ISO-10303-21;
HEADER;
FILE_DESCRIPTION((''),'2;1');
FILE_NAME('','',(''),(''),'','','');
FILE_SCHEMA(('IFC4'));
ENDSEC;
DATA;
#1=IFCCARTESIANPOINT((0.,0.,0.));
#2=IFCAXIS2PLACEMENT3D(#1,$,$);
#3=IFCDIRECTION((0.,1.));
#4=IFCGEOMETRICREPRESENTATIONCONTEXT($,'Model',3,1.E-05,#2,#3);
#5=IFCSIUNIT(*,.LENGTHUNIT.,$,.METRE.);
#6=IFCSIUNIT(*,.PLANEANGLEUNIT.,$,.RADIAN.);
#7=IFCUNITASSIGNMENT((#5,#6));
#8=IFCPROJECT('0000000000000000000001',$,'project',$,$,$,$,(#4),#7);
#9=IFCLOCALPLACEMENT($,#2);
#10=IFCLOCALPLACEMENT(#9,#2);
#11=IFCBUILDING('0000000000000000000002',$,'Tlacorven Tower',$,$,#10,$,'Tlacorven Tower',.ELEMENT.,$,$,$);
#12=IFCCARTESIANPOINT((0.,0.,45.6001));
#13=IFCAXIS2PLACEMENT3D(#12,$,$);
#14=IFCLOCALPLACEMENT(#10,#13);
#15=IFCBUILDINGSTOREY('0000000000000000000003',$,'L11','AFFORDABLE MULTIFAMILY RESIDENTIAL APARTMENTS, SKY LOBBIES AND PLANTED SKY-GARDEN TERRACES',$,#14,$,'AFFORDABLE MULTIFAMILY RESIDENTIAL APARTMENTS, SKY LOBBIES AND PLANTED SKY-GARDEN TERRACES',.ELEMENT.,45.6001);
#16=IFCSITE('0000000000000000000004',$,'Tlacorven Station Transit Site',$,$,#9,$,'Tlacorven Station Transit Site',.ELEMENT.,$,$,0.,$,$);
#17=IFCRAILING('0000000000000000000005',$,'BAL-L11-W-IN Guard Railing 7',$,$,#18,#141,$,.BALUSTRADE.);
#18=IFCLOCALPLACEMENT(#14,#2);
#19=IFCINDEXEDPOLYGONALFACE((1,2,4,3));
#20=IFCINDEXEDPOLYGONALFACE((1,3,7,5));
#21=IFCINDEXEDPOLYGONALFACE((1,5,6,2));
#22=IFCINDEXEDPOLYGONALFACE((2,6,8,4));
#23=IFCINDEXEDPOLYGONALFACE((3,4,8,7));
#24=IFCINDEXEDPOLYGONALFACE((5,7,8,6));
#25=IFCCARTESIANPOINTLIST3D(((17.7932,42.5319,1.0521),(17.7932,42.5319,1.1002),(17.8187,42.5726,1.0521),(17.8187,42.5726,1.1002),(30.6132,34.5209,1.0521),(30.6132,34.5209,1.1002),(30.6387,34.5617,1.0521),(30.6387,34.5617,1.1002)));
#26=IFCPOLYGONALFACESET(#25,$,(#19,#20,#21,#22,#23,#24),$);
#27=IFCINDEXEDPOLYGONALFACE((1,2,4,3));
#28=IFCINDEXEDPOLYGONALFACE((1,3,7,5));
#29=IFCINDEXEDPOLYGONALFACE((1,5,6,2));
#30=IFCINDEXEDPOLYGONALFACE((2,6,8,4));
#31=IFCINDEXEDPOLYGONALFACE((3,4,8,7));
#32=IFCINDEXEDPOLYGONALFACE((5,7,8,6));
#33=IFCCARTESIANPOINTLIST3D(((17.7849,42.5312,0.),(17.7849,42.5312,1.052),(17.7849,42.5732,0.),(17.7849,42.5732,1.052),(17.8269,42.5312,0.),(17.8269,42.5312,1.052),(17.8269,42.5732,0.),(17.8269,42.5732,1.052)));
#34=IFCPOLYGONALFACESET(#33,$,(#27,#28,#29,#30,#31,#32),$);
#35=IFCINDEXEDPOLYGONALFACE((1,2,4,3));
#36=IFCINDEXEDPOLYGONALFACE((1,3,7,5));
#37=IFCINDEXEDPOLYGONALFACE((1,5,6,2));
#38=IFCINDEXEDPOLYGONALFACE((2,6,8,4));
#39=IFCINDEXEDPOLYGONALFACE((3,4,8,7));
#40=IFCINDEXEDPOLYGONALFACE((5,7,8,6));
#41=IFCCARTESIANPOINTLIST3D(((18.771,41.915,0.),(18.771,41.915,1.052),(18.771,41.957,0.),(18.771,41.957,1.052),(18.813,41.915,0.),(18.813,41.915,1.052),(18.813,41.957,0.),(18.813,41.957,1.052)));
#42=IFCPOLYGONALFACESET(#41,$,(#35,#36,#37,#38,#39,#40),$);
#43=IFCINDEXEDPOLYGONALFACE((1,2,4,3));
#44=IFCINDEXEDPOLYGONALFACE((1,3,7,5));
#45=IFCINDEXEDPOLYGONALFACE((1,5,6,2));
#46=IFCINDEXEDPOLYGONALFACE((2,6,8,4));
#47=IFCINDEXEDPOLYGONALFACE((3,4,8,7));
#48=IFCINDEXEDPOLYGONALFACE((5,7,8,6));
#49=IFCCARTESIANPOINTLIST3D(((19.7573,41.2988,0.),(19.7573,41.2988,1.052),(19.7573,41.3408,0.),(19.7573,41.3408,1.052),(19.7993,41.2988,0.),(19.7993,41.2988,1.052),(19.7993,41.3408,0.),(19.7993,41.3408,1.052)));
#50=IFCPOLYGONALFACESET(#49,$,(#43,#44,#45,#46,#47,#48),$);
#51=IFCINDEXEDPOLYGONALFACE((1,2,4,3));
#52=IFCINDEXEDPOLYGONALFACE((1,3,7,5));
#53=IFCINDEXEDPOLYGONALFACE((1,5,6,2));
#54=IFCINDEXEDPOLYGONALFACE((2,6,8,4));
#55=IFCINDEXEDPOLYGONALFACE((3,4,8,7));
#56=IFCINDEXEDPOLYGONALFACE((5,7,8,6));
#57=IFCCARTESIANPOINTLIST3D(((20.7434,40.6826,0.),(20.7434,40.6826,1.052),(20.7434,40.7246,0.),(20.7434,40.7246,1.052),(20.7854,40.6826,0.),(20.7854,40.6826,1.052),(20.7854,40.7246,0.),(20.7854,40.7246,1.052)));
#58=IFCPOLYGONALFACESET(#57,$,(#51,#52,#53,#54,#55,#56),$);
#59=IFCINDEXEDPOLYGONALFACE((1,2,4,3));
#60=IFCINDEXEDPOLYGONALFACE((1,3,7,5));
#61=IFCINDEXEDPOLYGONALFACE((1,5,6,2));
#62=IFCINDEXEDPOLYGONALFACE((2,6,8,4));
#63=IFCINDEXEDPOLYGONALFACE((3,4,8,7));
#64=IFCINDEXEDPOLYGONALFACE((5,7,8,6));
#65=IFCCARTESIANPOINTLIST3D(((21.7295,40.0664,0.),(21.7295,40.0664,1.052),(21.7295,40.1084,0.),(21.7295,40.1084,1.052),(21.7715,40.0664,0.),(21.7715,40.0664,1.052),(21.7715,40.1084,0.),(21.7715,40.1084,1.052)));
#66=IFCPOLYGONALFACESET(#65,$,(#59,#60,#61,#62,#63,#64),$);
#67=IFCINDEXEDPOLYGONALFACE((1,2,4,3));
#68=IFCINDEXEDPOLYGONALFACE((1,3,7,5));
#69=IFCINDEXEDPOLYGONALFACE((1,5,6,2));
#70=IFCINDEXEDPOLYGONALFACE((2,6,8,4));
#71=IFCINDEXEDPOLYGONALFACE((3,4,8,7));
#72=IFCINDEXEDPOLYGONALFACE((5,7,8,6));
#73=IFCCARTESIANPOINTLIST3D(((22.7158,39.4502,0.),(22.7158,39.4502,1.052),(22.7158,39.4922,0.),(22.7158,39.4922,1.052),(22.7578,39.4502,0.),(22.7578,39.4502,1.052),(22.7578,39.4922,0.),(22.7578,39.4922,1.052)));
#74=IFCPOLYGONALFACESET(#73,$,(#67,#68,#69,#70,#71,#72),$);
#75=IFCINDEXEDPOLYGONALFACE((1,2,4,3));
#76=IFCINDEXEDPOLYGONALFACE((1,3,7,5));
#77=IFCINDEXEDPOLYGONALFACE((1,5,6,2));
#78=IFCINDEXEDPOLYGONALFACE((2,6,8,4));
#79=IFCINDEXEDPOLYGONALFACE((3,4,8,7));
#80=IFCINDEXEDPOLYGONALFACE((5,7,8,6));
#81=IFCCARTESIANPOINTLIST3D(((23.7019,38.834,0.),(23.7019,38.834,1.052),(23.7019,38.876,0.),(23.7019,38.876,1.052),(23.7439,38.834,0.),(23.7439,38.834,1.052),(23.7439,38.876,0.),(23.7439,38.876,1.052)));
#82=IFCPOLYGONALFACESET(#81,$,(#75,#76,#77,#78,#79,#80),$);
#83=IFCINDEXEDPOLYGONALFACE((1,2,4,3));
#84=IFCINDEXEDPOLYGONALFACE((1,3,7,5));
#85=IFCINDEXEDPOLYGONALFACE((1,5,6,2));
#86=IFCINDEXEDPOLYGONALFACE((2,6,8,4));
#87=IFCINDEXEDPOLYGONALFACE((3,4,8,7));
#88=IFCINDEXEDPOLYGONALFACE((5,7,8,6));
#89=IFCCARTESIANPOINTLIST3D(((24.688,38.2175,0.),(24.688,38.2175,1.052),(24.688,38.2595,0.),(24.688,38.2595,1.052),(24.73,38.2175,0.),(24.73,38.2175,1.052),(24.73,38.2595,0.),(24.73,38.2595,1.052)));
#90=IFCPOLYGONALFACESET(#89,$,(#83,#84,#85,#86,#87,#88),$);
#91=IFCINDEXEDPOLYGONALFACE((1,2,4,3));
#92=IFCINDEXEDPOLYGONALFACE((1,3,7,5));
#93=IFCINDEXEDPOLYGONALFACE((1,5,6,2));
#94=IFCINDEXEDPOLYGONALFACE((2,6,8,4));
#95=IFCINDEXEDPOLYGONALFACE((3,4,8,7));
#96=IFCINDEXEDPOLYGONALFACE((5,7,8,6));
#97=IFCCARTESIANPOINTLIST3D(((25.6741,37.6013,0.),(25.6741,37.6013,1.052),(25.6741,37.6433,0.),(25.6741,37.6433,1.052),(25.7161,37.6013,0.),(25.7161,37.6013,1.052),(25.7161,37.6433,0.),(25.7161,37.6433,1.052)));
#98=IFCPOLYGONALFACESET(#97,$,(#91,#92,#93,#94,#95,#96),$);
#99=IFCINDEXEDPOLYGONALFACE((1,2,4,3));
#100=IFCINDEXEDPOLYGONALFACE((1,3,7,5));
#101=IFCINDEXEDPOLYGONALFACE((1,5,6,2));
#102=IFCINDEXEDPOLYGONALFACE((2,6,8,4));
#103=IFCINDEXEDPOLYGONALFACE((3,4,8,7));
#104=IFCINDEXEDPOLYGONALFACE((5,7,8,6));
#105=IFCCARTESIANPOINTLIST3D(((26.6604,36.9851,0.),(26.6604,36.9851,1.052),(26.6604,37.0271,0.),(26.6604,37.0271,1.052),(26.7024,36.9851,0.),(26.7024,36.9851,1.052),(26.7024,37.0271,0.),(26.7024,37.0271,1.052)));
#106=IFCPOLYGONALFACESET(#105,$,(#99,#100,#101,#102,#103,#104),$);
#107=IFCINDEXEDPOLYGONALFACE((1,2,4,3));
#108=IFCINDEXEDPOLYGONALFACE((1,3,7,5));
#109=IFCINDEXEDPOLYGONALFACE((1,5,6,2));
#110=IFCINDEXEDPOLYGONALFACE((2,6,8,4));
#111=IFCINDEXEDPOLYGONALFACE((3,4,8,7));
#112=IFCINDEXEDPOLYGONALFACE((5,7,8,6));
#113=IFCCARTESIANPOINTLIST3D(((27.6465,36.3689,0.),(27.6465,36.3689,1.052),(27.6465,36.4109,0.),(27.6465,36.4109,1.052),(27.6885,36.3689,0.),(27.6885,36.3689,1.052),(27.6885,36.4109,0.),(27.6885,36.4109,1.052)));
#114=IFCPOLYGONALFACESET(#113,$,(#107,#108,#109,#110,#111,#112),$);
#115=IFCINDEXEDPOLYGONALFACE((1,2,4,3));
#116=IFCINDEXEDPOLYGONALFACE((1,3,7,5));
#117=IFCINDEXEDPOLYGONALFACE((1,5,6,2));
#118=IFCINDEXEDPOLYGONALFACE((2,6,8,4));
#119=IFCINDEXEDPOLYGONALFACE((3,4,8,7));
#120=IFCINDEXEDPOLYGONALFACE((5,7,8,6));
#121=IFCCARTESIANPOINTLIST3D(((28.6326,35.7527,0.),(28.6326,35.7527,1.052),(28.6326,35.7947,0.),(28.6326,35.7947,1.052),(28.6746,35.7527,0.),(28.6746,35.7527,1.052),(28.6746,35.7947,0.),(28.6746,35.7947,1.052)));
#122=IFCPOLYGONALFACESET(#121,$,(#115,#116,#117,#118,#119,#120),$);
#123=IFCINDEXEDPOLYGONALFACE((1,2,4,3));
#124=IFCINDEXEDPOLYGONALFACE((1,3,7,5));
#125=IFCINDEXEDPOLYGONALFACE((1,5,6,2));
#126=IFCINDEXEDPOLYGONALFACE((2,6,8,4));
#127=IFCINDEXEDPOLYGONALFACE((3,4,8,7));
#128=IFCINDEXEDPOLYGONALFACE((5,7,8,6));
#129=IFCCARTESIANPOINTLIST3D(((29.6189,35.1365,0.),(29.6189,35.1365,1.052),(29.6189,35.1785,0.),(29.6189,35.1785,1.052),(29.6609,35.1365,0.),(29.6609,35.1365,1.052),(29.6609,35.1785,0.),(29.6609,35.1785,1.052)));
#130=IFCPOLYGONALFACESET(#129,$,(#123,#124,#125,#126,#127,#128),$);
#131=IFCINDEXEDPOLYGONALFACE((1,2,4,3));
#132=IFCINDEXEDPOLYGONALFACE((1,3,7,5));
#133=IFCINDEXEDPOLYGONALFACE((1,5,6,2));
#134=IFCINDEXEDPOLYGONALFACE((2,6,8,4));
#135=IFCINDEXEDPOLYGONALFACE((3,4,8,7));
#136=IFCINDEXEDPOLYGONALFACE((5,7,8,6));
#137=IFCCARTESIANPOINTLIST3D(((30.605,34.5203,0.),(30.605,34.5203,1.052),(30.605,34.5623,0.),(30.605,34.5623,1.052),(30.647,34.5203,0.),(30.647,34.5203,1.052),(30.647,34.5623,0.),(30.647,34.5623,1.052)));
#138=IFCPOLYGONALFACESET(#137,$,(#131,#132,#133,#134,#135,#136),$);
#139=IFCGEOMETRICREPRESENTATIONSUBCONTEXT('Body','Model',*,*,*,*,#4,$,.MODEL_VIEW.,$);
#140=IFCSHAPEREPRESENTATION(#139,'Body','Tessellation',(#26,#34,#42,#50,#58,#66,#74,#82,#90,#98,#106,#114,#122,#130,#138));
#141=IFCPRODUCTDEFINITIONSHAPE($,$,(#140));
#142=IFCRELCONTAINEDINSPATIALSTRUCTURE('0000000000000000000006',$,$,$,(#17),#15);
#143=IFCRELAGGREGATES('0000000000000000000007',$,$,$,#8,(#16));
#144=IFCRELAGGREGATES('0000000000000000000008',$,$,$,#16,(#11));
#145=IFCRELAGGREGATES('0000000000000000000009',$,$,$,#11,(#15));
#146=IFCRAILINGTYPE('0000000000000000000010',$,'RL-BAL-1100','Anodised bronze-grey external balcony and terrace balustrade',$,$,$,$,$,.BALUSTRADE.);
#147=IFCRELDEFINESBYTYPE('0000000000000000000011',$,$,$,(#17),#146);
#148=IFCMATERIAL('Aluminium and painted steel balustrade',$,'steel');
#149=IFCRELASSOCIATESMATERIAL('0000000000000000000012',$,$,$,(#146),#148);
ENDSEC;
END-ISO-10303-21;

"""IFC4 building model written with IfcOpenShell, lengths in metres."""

from ifc_helpers import new_model, si_unit, direction, frame, origin, origin_2d, place, context, subcontext, project, spatial, rectangle, extrude, source, transform, mapped, material, type_object, element, save


model = new_model("IFC4")

# Units and contexts
model_context = context("Model", 3, precision=1e-05, world=origin(), true_north=direction((0.0, 1.0)))
body_context = subcontext(model_context, "Body", "Model", "MODEL_VIEW")
ifc_project = project(units=[si_unit("LENGTHUNIT", "METRE"), si_unit("PLANEANGLEUNIT", "RADIAN")], contexts=[model_context])

# Site, building, storey
site_placement = place(None, origin())
site = spatial("IfcSite", under=ifc_project, at=site_placement, Name="Tlacorven Station Transit Site", LongName="Tlacorven Station Transit Site", CompositionType="ELEMENT", RefElevation=0.0)
building_placement = place(site_placement, origin())
building = spatial("IfcBuilding", under=site, at=building_placement, Name="Tlacorven Tower", LongName="Tlacorven Tower", CompositionType="ELEMENT")
storey_placement = place(building_placement, frame((0.0, 0.0, 45.6001)))
storey = spatial("IfcBuildingStorey", under=building, at=storey_placement, Name="L11", Description="AFFORDABLE MULTIFAMILY RESIDENTIAL APARTMENTS, SKY LOBBIES AND PLANTED SKY-GARDEN TERRACES", LongName="AFFORDABLE MULTIFAMILY RESIDENTIAL APARTMENTS, SKY LOBBIES AND PLANTED SKY-GARDEN TERRACES", CompositionType="ELEMENT", Elevation=45.6001)

# Railing
ifc_material_1 = material(Name="Aluminium and painted steel balustrade", Category="steel")
railing_type = type_object("IfcRailingType", Name="RL-BAL-1100", Description="Anodised bronze-grey external balcony and terrace balustrade", PredefinedType="BALUSTRADE", material=ifc_material_1)
shared_shape_1 = source(origin(), body_context, "Body", "SweptSolid", [
    extrude(rectangle(XDim=0.0481, YDim=0.0481, at=origin_2d()), frame((0.0, 0.0, 1.0762), z_axis=(0.848045, -0.529925, 0.0), x_axis=(0.529925, 0.848045, 0.0)), (0.0, 0.0, 1.0), 15.1172),
    extrude(rectangle(XDim=0.042, YDim=0.042, at=origin_2d()), origin(), (0.0, 0.0, 1.0), 1.052),
    extrude(rectangle(XDim=0.042, YDim=0.042, at=origin_2d()), frame((0.9861, -0.6162, 0.0)), (0.0, 0.0, 1.0), 1.052),
    extrude(rectangle(XDim=0.042, YDim=0.042, at=origin_2d()), frame((1.9724, -1.2324, 0.0)), (0.0, 0.0, 1.0), 1.052),
    extrude(rectangle(XDim=0.042, YDim=0.042, at=origin_2d()), frame((2.9585, -1.8486, 0.0)), (0.0, 0.0, 1.0), 1.052),
    extrude(rectangle(XDim=0.042, YDim=0.042, at=origin_2d()), frame((3.9446, -2.4648, 0.0)), (0.0, 0.0, 1.0), 1.052),
    extrude(rectangle(XDim=0.042, YDim=0.042, at=origin_2d()), frame((4.9309, -3.0811, 0.0)), (0.0, 0.0, 1.0), 1.052),
    extrude(rectangle(XDim=0.042, YDim=0.042, at=origin_2d()), frame((5.917, -3.6973, 0.0)), (0.0, 0.0, 1.0), 1.052),
    extrude(rectangle(XDim=0.042, YDim=0.042, at=origin_2d()), frame((6.9031, -4.3137, 0.0)), (0.0, 0.0, 1.0), 1.052),
    extrude(rectangle(XDim=0.042, YDim=0.042, at=origin_2d()), frame((7.8892, -4.9299, 0.0)), (0.0, 0.0, 1.0), 1.052),
    extrude(rectangle(XDim=0.042, YDim=0.042, at=origin_2d()), frame((8.8755, -5.5461, 0.0)), (0.0, 0.0, 1.0), 1.052),
    extrude(rectangle(XDim=0.042, YDim=0.042, at=origin_2d()), frame((9.8616, -6.1624, 0.0)), (0.0, 0.0, 1.0), 1.052),
    extrude(rectangle(XDim=0.042, YDim=0.042, at=origin_2d()), frame((10.8477, -6.7786, 0.0)), (0.0, 0.0, 1.0), 1.052),
    extrude(rectangle(XDim=0.042, YDim=0.042, at=origin_2d()), frame((11.834, -7.3948, 0.0)), (0.0, 0.0, 1.0), 1.052),
    extrude(rectangle(XDim=0.042, YDim=0.042, at=origin_2d()), frame((12.8201, -8.011, 0.0)), (0.0, 0.0, 1.0), 1.052),
])
railing_1_placement = place(storey_placement, frame((17.8059, 42.5522, 0.0)))
element("IfcRailing", 1, at=railing_1_placement, inside=storey, type_object=railing_type, Name="BAL-L11-W-IN Guard Railing 7", PredefinedType="BALUSTRADE", context=body_context, shape_type="MappedRepresentation", body=[
    mapped(shared_shape_1, transform((0.0, 0.0, 0.0), scale=1.0)),
])

save(model, "model.ifc")
